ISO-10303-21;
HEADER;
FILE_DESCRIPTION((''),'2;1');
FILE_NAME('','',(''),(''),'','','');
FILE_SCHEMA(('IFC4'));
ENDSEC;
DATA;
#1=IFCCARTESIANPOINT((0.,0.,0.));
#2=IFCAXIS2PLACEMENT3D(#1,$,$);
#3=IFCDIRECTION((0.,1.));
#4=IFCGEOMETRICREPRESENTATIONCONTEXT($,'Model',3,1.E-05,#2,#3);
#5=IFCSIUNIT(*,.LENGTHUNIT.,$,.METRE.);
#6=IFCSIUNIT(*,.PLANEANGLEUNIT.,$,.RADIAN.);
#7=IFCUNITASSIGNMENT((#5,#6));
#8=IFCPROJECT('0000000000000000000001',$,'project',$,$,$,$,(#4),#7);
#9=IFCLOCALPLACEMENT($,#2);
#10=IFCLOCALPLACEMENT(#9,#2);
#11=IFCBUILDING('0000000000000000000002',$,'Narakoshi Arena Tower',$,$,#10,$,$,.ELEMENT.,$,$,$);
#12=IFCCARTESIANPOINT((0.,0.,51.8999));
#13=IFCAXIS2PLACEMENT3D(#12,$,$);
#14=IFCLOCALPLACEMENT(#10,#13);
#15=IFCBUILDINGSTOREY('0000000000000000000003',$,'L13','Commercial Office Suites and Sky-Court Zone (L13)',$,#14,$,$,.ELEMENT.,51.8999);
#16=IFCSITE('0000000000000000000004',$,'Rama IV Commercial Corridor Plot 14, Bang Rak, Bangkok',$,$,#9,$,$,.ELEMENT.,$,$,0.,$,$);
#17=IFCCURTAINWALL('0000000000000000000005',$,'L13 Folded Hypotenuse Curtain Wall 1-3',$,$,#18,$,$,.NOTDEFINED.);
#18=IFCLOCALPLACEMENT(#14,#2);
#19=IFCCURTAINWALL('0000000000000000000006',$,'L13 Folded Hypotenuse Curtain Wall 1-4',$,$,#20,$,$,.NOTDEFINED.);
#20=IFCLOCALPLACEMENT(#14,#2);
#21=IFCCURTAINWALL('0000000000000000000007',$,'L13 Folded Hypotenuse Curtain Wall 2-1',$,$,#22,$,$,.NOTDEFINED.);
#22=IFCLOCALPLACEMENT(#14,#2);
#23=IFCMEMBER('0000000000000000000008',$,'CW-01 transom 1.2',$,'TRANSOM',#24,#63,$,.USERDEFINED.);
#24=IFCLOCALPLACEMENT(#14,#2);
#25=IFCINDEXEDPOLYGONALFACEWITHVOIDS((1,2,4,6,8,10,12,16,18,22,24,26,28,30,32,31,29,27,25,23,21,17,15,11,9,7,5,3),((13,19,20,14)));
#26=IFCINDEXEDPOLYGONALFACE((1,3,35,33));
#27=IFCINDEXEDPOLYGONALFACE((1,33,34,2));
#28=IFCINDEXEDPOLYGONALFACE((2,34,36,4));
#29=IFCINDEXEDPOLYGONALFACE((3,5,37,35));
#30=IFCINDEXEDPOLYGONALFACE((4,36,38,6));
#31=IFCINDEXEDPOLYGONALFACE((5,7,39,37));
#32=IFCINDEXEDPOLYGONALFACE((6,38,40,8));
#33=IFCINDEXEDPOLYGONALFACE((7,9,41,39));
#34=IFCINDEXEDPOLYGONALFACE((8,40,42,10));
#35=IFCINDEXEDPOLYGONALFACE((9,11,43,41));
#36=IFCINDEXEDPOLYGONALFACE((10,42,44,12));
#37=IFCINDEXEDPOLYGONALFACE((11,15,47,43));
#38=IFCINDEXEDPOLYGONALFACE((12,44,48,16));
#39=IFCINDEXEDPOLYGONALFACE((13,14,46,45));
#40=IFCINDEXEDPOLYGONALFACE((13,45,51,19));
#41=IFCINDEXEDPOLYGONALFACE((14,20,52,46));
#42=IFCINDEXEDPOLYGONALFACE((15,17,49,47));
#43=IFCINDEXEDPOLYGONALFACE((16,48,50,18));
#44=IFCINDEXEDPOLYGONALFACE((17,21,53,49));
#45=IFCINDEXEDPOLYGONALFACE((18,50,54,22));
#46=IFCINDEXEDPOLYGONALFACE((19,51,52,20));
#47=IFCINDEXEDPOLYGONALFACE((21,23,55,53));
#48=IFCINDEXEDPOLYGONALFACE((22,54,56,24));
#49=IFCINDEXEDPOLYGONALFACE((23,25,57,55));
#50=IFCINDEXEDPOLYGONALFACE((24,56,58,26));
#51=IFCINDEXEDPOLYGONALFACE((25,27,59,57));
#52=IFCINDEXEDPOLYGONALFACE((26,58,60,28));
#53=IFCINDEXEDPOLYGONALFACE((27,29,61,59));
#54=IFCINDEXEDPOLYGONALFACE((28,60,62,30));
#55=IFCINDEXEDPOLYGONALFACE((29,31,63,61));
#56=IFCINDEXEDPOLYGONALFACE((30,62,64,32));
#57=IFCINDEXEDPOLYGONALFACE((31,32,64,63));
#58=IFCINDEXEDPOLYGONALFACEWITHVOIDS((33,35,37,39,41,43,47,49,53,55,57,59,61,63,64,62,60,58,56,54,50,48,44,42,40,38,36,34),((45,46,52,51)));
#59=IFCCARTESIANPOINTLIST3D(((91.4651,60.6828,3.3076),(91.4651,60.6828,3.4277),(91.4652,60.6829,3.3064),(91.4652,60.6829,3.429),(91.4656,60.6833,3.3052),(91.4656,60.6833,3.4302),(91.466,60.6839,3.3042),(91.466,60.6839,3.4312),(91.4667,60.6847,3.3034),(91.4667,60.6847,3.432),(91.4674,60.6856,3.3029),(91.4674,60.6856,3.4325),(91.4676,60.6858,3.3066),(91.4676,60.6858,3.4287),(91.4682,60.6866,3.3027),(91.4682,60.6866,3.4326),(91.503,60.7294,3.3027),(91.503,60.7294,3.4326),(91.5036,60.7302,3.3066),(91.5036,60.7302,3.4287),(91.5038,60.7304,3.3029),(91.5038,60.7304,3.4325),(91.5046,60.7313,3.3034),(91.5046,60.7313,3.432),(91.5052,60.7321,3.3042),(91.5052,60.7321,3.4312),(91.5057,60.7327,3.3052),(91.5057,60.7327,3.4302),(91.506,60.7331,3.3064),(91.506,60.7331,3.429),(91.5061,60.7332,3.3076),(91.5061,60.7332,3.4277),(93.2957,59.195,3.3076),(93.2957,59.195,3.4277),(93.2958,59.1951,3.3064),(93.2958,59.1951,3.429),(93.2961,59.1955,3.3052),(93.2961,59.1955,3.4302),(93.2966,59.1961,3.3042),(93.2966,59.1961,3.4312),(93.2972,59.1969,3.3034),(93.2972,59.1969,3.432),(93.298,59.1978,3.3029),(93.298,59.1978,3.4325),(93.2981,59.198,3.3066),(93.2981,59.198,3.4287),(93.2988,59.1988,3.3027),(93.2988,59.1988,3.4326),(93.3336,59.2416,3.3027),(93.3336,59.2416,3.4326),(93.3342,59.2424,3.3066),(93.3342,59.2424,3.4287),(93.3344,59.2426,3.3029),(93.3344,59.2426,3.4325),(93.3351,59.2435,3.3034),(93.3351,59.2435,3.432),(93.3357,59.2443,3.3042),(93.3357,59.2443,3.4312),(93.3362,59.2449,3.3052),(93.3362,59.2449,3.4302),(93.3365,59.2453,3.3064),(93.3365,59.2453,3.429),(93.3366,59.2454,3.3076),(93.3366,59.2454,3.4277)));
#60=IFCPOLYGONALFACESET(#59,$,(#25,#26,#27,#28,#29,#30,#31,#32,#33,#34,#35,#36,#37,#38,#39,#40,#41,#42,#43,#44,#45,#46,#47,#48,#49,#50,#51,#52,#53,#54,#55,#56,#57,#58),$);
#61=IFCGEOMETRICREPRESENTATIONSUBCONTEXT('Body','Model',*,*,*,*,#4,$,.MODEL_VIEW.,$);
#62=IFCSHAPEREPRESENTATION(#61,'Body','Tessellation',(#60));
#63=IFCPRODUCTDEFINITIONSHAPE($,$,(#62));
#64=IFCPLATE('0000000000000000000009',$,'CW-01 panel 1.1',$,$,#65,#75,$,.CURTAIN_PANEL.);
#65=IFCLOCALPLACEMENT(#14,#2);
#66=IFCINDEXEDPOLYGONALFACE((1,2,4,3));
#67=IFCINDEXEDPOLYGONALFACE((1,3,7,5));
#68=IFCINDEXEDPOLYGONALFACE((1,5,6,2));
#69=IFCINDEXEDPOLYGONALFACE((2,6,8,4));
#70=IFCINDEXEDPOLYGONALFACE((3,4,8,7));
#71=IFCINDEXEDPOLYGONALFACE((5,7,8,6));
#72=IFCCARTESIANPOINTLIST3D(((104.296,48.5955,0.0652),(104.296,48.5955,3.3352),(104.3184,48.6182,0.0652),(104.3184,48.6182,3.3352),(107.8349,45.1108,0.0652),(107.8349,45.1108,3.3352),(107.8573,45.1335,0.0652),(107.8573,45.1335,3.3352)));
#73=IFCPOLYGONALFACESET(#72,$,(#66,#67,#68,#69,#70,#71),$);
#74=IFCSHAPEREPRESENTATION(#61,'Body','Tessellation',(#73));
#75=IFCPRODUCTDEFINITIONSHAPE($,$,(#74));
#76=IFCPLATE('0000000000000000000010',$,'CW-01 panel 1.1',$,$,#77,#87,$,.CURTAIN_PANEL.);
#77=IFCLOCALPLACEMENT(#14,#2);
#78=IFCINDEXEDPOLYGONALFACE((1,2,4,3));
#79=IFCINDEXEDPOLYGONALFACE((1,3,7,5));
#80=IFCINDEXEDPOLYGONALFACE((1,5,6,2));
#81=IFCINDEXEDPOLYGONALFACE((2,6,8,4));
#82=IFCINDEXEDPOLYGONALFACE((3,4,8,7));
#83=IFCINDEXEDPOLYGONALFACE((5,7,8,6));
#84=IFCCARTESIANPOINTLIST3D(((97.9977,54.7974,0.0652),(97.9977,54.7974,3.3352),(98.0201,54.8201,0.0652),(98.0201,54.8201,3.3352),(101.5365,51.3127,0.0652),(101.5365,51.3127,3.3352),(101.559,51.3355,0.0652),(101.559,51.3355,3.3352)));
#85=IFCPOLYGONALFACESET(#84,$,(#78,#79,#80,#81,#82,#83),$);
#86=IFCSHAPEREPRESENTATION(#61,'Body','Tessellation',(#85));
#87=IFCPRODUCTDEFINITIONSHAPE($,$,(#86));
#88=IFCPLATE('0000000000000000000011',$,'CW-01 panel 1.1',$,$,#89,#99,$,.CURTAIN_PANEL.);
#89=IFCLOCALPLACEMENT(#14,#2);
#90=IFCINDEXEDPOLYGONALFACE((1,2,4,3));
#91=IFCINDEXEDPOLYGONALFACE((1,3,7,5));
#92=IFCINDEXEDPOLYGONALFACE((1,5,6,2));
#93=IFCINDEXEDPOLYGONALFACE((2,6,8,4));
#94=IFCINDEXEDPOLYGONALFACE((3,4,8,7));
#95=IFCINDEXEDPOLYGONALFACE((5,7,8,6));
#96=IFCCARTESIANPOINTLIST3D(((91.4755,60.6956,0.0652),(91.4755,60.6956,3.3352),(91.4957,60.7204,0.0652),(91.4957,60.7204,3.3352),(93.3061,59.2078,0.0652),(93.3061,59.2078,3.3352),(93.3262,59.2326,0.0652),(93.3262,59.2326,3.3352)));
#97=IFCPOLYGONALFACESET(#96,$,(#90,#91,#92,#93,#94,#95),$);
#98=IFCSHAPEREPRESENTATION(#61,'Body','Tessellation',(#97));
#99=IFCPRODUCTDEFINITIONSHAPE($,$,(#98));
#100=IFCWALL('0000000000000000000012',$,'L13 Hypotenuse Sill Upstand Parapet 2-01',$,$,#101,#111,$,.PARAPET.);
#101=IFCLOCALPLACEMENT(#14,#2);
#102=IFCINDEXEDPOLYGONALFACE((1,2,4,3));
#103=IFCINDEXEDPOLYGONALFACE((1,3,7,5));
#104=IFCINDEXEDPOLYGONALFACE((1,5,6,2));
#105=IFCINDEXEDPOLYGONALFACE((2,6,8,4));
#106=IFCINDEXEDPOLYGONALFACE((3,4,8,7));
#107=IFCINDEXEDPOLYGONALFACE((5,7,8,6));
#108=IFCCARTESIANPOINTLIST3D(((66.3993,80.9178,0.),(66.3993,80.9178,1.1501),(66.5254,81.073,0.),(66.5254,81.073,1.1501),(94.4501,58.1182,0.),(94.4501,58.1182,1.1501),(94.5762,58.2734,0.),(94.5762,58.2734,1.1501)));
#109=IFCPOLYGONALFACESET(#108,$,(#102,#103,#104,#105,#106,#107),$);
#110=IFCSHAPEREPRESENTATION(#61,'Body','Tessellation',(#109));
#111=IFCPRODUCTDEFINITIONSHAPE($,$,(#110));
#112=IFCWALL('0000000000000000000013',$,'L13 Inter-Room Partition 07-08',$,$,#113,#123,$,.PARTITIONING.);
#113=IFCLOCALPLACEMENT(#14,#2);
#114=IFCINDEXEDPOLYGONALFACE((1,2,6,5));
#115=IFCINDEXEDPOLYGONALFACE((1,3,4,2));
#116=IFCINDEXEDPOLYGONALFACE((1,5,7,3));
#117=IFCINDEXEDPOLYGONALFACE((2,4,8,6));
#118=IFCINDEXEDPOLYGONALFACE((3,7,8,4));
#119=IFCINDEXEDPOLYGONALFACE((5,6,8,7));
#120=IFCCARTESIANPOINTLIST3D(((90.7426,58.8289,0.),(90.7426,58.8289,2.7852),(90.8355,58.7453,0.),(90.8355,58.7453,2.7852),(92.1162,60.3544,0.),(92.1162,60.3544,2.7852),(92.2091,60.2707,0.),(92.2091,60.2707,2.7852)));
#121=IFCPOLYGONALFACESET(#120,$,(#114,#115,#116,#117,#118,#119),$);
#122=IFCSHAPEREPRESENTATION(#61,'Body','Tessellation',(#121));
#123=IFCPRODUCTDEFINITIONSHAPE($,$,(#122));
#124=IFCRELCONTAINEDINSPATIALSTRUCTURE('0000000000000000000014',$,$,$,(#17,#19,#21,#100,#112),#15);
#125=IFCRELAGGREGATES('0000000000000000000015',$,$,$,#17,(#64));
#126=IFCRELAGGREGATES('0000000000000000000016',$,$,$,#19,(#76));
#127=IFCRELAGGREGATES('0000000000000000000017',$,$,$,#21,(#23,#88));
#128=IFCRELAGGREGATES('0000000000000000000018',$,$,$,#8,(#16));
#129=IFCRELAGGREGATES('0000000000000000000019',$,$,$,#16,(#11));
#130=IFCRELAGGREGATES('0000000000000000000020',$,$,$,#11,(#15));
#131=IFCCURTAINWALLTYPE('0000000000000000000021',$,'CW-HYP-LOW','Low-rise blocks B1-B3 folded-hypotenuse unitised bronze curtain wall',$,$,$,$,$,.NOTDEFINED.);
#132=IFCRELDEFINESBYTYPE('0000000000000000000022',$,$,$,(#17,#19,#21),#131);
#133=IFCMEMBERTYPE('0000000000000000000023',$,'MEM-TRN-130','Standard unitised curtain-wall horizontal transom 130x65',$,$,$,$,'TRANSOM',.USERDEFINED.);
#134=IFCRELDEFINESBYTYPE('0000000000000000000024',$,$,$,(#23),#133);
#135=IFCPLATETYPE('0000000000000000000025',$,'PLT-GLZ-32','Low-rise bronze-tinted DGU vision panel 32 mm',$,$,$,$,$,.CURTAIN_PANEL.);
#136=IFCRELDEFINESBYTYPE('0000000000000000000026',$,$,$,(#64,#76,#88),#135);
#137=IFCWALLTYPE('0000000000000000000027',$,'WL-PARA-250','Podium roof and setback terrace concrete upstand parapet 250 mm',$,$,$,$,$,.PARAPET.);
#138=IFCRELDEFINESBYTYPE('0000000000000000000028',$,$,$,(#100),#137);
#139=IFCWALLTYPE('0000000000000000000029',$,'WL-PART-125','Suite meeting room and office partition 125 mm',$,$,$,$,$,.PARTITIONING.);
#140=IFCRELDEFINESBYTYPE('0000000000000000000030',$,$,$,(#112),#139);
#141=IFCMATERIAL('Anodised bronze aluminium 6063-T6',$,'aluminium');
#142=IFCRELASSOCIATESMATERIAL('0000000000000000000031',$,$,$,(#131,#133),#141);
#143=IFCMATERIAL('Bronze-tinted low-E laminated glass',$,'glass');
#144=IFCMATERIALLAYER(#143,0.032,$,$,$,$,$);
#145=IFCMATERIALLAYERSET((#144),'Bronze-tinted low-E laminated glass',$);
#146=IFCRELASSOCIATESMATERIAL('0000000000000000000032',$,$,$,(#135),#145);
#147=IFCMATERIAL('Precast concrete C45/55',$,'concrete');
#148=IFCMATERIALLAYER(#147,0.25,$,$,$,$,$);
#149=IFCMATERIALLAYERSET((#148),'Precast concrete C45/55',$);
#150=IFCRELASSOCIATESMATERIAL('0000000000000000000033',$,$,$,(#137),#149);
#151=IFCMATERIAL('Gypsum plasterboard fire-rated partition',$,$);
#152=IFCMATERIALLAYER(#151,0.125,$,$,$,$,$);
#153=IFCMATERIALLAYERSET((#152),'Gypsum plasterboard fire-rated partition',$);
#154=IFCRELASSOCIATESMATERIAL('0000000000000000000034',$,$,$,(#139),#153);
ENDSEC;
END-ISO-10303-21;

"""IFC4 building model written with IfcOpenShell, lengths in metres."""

from ifc_helpers import new_model, si_unit, direction, frame, frame_2d, origin, origin_2d, place, context, subcontext, project, spatial, rectangle, hollow_rectangle, extrude, material, layer, layer_set, material_profile, profile_set, type_object, element, aggregate, save


model = new_model("IFC4")

# Units and contexts
model_context = context("Model", 3, precision=1e-05, world=origin(), true_north=direction((0.0, 1.0)))
body_context = subcontext(model_context, "Body", "Model", "MODEL_VIEW")
ifc_project = project(units=[si_unit("LENGTHUNIT", "METRE"), si_unit("PLANEANGLEUNIT", "RADIAN")], contexts=[model_context])

# Site, building, storey
site_placement = place(None, origin())
site = spatial("IfcSite", under=ifc_project, at=site_placement, Name="Rama IV Commercial Corridor Plot 14, Bang Rak, Bangkok", CompositionType="ELEMENT", RefElevation=0.0)
building_placement = place(site_placement, origin())
building = spatial("IfcBuilding", under=site, at=building_placement, Name="Narakoshi Arena Tower", CompositionType="ELEMENT")
storey_placement = place(building_placement, frame((0.0, 0.0, 51.8999)))
storey = spatial("IfcBuildingStorey", under=building, at=storey_placement, Name="L13", Description="Commercial Office Suites and Sky-Court Zone (L13)", CompositionType="ELEMENT", Elevation=51.8999)

# Curtain walls
ifc_material_1 = material(Name="Anodised bronze aluminium 6063-T6", Category="aluminium")
curtain_wall_type = type_object("IfcCurtainWallType", Name="CW-HYP-LOW", Description="Low-rise blocks B1-B3 folded-hypotenuse unitised bronze curtain wall", PredefinedType="NOTDEFINED", material=ifc_material_1)
curtain_wall_1_placement = place(storey_placement, origin())
curtain_wall_1 = element("IfcCurtainWall", 1, at=curtain_wall_1_placement, inside=storey, type_object=curtain_wall_type, Name="L13 Folded Hypotenuse Curtain Wall 1-3", PredefinedType="NOTDEFINED")
curtain_wall_2_placement = place(storey_placement, origin())
curtain_wall_2 = element("IfcCurtainWall", 2, at=curtain_wall_2_placement, inside=storey, type_object=curtain_wall_type, Name="L13 Folded Hypotenuse Curtain Wall 1-4", PredefinedType="NOTDEFINED")
curtain_wall_3_placement = place(storey_placement, origin())
curtain_wall_3 = element("IfcCurtainWall", 3, at=curtain_wall_3_placement, inside=storey, type_object=curtain_wall_type, Name="L13 Folded Hypotenuse Curtain Wall 2-1", PredefinedType="NOTDEFINED")

# Member
ifc_material_profile_1 = material_profile(ifc_material_1, hollow_rectangle(XDim=0.0649, YDim=0.1299, WallThickness=0.0039, OuterFilletRadius=0.0049, at=origin_2d()), Name="TRN130x65x4")
ifc_profile_set_1 = profile_set([ifc_material_profile_1], Name="Anodised bronze aluminium 6063-T6")
member_type_1 = type_object("IfcMemberType", Name="MEM-TRN-130", Description="Standard unitised curtain-wall horizontal transom 130x65", ElementType="TRANSOM", PredefinedType="USERDEFINED", material=ifc_profile_set_1)
member_1_placement = place(storey_placement, frame((93.3162, 59.2202, 3.3677), z_axis=(-0.776019, 0.63071, 0.0), x_axis=(-0.63071, -0.776019, 0.0)))
member_1 = element("IfcMember", 4, at=member_1_placement, type_object=member_type_1, Name="CW-01 transom 1.2", ObjectType="TRANSOM", PredefinedType="USERDEFINED", context=body_context, shape_type="SweptSolid", body=[
    extrude(hollow_rectangle(XDim=0.0649, YDim=0.1299, WallThickness=0.0039, OuterFilletRadius=0.0049, at=origin_2d()), origin(), (0.0, 0.0, 1.0), 2.3589),
])

# Plates
ifc_material_2 = material(Name="Bronze-tinted low-E laminated glass", Category="glass")
ifc_layer_1 = layer(ifc_material_2, 0.032)
ifc_layer_set_1 = layer_set([ifc_layer_1], Name="Bronze-tinted low-E laminated glass")
plate_type = type_object("IfcPlateType", Name="PLT-GLZ-32", Description="Low-rise bronze-tinted DGU vision panel 32 mm", PredefinedType="CURTAIN_PANEL", material=ifc_layer_set_1)
plate_1_placement = place(storey_placement, frame((106.0767, 46.8645, 0.0652), z_axis=(0.0, 0.0, 1.0), x_axis=(-0.712539, 0.701633, 0.0)))
plate_1 = element("IfcPlate", 5, at=plate_1_placement, type_object=plate_type, Name="CW-01 panel 1.1", PredefinedType="CURTAIN_PANEL", context=body_context, shape_type="SweptSolid", body=[
    extrude(rectangle(XDim=4.9666, YDim=0.032, at=origin_2d()), origin(), (0.0, 0.0, 1.0), 3.27),
])
aggregate(curtain_wall_1, [plate_1])
plate_2_placement = place(storey_placement, frame((99.7783, 53.0664, 0.0652), z_axis=(0.0, 0.0, 1.0), x_axis=(-0.712539, 0.701633, 0.0)))
plate_2 = element("IfcPlate", 6, at=plate_2_placement, type_object=plate_type, Name="CW-01 panel 1.1", PredefinedType="CURTAIN_PANEL", context=body_context, shape_type="SweptSolid", body=[
    extrude(rectangle(XDim=4.9666, YDim=0.032, at=origin_2d()), origin(), (0.0, 0.0, 1.0), 3.27),
])
aggregate(curtain_wall_2, [plate_2])
plate_3_placement = place(storey_placement, frame((92.4009, 59.9641, 0.0652), z_axis=(0.0, 0.0, 1.0), x_axis=(-0.776008, 0.630723, 0.0)))
plate_3 = element("IfcPlate", 7, at=plate_3_placement, type_object=plate_type, Name="CW-01 panel 1.1", PredefinedType="CURTAIN_PANEL", context=body_context, shape_type="SweptSolid", body=[
    extrude(rectangle(XDim=2.3589, YDim=0.032, at=origin_2d()), origin(), (0.0, 0.0, 1.0), 3.27),
])
aggregate(curtain_wall_3, [member_1, plate_3])

# Walls
ifc_material_3 = material(Name="Precast concrete C45/55", Category="concrete")
ifc_layer_2 = layer(ifc_material_3, 0.25)
ifc_layer_set_2 = layer_set([ifc_layer_2], Name="Precast concrete C45/55")
wall_type_1 = type_object("IfcWallType", Name="WL-PARA-250", Description="Podium roof and setback terrace concrete upstand parapet 250 mm", PredefinedType="PARAPET", material=ifc_layer_set_2)
wall_1_placement = place(storey_placement, frame((94.5132, 58.1958, 0.0), z_axis=(0.0, 0.0, 1.0), x_axis=(-0.776002, 0.630731, 0.0)))
element("IfcWall", 8, at=wall_1_placement, inside=storey, type_object=wall_type_1, Name="L13 Hypotenuse Sill Upstand Parapet 2-01", PredefinedType="PARAPET", context=body_context, shape_type="SweptSolid", body=[
    extrude(rectangle(XDim=36.1479, YDim=0.2, at=frame_2d((18.074, 0.0))), origin(), (0.0, 0.0, 1.0), 1.1501),
])
ifc_material_4 = material(Name="Gypsum plasterboard fire-rated partition")
ifc_layer_3 = layer(ifc_material_4, 0.125)
ifc_layer_set_3 = layer_set([ifc_layer_3], Name="Gypsum plasterboard fire-rated partition")
wall_type_2 = type_object("IfcWallType", Name="WL-PART-125", Description="Suite meeting room and office partition 125 mm", PredefinedType="PARTITIONING", material=ifc_layer_set_3)
wall_2_placement = place(storey_placement, frame((90.7891, 58.7871, 0.0), z_axis=(0.0, 0.0, 1.0), x_axis=(0.669149, 0.743129, 0.0)))
element("IfcWall", 9, at=wall_2_placement, inside=storey, type_object=wall_type_2, Name="L13 Inter-Room Partition 07-08", PredefinedType="PARTITIONING", context=body_context, shape_type="SweptSolid", body=[
    extrude(rectangle(XDim=2.0527, YDim=0.125, at=frame_2d((1.0264, 0.0))), origin(), (0.0, 0.0, 1.0), 2.7852),
])

save(model, "model.ifc")
